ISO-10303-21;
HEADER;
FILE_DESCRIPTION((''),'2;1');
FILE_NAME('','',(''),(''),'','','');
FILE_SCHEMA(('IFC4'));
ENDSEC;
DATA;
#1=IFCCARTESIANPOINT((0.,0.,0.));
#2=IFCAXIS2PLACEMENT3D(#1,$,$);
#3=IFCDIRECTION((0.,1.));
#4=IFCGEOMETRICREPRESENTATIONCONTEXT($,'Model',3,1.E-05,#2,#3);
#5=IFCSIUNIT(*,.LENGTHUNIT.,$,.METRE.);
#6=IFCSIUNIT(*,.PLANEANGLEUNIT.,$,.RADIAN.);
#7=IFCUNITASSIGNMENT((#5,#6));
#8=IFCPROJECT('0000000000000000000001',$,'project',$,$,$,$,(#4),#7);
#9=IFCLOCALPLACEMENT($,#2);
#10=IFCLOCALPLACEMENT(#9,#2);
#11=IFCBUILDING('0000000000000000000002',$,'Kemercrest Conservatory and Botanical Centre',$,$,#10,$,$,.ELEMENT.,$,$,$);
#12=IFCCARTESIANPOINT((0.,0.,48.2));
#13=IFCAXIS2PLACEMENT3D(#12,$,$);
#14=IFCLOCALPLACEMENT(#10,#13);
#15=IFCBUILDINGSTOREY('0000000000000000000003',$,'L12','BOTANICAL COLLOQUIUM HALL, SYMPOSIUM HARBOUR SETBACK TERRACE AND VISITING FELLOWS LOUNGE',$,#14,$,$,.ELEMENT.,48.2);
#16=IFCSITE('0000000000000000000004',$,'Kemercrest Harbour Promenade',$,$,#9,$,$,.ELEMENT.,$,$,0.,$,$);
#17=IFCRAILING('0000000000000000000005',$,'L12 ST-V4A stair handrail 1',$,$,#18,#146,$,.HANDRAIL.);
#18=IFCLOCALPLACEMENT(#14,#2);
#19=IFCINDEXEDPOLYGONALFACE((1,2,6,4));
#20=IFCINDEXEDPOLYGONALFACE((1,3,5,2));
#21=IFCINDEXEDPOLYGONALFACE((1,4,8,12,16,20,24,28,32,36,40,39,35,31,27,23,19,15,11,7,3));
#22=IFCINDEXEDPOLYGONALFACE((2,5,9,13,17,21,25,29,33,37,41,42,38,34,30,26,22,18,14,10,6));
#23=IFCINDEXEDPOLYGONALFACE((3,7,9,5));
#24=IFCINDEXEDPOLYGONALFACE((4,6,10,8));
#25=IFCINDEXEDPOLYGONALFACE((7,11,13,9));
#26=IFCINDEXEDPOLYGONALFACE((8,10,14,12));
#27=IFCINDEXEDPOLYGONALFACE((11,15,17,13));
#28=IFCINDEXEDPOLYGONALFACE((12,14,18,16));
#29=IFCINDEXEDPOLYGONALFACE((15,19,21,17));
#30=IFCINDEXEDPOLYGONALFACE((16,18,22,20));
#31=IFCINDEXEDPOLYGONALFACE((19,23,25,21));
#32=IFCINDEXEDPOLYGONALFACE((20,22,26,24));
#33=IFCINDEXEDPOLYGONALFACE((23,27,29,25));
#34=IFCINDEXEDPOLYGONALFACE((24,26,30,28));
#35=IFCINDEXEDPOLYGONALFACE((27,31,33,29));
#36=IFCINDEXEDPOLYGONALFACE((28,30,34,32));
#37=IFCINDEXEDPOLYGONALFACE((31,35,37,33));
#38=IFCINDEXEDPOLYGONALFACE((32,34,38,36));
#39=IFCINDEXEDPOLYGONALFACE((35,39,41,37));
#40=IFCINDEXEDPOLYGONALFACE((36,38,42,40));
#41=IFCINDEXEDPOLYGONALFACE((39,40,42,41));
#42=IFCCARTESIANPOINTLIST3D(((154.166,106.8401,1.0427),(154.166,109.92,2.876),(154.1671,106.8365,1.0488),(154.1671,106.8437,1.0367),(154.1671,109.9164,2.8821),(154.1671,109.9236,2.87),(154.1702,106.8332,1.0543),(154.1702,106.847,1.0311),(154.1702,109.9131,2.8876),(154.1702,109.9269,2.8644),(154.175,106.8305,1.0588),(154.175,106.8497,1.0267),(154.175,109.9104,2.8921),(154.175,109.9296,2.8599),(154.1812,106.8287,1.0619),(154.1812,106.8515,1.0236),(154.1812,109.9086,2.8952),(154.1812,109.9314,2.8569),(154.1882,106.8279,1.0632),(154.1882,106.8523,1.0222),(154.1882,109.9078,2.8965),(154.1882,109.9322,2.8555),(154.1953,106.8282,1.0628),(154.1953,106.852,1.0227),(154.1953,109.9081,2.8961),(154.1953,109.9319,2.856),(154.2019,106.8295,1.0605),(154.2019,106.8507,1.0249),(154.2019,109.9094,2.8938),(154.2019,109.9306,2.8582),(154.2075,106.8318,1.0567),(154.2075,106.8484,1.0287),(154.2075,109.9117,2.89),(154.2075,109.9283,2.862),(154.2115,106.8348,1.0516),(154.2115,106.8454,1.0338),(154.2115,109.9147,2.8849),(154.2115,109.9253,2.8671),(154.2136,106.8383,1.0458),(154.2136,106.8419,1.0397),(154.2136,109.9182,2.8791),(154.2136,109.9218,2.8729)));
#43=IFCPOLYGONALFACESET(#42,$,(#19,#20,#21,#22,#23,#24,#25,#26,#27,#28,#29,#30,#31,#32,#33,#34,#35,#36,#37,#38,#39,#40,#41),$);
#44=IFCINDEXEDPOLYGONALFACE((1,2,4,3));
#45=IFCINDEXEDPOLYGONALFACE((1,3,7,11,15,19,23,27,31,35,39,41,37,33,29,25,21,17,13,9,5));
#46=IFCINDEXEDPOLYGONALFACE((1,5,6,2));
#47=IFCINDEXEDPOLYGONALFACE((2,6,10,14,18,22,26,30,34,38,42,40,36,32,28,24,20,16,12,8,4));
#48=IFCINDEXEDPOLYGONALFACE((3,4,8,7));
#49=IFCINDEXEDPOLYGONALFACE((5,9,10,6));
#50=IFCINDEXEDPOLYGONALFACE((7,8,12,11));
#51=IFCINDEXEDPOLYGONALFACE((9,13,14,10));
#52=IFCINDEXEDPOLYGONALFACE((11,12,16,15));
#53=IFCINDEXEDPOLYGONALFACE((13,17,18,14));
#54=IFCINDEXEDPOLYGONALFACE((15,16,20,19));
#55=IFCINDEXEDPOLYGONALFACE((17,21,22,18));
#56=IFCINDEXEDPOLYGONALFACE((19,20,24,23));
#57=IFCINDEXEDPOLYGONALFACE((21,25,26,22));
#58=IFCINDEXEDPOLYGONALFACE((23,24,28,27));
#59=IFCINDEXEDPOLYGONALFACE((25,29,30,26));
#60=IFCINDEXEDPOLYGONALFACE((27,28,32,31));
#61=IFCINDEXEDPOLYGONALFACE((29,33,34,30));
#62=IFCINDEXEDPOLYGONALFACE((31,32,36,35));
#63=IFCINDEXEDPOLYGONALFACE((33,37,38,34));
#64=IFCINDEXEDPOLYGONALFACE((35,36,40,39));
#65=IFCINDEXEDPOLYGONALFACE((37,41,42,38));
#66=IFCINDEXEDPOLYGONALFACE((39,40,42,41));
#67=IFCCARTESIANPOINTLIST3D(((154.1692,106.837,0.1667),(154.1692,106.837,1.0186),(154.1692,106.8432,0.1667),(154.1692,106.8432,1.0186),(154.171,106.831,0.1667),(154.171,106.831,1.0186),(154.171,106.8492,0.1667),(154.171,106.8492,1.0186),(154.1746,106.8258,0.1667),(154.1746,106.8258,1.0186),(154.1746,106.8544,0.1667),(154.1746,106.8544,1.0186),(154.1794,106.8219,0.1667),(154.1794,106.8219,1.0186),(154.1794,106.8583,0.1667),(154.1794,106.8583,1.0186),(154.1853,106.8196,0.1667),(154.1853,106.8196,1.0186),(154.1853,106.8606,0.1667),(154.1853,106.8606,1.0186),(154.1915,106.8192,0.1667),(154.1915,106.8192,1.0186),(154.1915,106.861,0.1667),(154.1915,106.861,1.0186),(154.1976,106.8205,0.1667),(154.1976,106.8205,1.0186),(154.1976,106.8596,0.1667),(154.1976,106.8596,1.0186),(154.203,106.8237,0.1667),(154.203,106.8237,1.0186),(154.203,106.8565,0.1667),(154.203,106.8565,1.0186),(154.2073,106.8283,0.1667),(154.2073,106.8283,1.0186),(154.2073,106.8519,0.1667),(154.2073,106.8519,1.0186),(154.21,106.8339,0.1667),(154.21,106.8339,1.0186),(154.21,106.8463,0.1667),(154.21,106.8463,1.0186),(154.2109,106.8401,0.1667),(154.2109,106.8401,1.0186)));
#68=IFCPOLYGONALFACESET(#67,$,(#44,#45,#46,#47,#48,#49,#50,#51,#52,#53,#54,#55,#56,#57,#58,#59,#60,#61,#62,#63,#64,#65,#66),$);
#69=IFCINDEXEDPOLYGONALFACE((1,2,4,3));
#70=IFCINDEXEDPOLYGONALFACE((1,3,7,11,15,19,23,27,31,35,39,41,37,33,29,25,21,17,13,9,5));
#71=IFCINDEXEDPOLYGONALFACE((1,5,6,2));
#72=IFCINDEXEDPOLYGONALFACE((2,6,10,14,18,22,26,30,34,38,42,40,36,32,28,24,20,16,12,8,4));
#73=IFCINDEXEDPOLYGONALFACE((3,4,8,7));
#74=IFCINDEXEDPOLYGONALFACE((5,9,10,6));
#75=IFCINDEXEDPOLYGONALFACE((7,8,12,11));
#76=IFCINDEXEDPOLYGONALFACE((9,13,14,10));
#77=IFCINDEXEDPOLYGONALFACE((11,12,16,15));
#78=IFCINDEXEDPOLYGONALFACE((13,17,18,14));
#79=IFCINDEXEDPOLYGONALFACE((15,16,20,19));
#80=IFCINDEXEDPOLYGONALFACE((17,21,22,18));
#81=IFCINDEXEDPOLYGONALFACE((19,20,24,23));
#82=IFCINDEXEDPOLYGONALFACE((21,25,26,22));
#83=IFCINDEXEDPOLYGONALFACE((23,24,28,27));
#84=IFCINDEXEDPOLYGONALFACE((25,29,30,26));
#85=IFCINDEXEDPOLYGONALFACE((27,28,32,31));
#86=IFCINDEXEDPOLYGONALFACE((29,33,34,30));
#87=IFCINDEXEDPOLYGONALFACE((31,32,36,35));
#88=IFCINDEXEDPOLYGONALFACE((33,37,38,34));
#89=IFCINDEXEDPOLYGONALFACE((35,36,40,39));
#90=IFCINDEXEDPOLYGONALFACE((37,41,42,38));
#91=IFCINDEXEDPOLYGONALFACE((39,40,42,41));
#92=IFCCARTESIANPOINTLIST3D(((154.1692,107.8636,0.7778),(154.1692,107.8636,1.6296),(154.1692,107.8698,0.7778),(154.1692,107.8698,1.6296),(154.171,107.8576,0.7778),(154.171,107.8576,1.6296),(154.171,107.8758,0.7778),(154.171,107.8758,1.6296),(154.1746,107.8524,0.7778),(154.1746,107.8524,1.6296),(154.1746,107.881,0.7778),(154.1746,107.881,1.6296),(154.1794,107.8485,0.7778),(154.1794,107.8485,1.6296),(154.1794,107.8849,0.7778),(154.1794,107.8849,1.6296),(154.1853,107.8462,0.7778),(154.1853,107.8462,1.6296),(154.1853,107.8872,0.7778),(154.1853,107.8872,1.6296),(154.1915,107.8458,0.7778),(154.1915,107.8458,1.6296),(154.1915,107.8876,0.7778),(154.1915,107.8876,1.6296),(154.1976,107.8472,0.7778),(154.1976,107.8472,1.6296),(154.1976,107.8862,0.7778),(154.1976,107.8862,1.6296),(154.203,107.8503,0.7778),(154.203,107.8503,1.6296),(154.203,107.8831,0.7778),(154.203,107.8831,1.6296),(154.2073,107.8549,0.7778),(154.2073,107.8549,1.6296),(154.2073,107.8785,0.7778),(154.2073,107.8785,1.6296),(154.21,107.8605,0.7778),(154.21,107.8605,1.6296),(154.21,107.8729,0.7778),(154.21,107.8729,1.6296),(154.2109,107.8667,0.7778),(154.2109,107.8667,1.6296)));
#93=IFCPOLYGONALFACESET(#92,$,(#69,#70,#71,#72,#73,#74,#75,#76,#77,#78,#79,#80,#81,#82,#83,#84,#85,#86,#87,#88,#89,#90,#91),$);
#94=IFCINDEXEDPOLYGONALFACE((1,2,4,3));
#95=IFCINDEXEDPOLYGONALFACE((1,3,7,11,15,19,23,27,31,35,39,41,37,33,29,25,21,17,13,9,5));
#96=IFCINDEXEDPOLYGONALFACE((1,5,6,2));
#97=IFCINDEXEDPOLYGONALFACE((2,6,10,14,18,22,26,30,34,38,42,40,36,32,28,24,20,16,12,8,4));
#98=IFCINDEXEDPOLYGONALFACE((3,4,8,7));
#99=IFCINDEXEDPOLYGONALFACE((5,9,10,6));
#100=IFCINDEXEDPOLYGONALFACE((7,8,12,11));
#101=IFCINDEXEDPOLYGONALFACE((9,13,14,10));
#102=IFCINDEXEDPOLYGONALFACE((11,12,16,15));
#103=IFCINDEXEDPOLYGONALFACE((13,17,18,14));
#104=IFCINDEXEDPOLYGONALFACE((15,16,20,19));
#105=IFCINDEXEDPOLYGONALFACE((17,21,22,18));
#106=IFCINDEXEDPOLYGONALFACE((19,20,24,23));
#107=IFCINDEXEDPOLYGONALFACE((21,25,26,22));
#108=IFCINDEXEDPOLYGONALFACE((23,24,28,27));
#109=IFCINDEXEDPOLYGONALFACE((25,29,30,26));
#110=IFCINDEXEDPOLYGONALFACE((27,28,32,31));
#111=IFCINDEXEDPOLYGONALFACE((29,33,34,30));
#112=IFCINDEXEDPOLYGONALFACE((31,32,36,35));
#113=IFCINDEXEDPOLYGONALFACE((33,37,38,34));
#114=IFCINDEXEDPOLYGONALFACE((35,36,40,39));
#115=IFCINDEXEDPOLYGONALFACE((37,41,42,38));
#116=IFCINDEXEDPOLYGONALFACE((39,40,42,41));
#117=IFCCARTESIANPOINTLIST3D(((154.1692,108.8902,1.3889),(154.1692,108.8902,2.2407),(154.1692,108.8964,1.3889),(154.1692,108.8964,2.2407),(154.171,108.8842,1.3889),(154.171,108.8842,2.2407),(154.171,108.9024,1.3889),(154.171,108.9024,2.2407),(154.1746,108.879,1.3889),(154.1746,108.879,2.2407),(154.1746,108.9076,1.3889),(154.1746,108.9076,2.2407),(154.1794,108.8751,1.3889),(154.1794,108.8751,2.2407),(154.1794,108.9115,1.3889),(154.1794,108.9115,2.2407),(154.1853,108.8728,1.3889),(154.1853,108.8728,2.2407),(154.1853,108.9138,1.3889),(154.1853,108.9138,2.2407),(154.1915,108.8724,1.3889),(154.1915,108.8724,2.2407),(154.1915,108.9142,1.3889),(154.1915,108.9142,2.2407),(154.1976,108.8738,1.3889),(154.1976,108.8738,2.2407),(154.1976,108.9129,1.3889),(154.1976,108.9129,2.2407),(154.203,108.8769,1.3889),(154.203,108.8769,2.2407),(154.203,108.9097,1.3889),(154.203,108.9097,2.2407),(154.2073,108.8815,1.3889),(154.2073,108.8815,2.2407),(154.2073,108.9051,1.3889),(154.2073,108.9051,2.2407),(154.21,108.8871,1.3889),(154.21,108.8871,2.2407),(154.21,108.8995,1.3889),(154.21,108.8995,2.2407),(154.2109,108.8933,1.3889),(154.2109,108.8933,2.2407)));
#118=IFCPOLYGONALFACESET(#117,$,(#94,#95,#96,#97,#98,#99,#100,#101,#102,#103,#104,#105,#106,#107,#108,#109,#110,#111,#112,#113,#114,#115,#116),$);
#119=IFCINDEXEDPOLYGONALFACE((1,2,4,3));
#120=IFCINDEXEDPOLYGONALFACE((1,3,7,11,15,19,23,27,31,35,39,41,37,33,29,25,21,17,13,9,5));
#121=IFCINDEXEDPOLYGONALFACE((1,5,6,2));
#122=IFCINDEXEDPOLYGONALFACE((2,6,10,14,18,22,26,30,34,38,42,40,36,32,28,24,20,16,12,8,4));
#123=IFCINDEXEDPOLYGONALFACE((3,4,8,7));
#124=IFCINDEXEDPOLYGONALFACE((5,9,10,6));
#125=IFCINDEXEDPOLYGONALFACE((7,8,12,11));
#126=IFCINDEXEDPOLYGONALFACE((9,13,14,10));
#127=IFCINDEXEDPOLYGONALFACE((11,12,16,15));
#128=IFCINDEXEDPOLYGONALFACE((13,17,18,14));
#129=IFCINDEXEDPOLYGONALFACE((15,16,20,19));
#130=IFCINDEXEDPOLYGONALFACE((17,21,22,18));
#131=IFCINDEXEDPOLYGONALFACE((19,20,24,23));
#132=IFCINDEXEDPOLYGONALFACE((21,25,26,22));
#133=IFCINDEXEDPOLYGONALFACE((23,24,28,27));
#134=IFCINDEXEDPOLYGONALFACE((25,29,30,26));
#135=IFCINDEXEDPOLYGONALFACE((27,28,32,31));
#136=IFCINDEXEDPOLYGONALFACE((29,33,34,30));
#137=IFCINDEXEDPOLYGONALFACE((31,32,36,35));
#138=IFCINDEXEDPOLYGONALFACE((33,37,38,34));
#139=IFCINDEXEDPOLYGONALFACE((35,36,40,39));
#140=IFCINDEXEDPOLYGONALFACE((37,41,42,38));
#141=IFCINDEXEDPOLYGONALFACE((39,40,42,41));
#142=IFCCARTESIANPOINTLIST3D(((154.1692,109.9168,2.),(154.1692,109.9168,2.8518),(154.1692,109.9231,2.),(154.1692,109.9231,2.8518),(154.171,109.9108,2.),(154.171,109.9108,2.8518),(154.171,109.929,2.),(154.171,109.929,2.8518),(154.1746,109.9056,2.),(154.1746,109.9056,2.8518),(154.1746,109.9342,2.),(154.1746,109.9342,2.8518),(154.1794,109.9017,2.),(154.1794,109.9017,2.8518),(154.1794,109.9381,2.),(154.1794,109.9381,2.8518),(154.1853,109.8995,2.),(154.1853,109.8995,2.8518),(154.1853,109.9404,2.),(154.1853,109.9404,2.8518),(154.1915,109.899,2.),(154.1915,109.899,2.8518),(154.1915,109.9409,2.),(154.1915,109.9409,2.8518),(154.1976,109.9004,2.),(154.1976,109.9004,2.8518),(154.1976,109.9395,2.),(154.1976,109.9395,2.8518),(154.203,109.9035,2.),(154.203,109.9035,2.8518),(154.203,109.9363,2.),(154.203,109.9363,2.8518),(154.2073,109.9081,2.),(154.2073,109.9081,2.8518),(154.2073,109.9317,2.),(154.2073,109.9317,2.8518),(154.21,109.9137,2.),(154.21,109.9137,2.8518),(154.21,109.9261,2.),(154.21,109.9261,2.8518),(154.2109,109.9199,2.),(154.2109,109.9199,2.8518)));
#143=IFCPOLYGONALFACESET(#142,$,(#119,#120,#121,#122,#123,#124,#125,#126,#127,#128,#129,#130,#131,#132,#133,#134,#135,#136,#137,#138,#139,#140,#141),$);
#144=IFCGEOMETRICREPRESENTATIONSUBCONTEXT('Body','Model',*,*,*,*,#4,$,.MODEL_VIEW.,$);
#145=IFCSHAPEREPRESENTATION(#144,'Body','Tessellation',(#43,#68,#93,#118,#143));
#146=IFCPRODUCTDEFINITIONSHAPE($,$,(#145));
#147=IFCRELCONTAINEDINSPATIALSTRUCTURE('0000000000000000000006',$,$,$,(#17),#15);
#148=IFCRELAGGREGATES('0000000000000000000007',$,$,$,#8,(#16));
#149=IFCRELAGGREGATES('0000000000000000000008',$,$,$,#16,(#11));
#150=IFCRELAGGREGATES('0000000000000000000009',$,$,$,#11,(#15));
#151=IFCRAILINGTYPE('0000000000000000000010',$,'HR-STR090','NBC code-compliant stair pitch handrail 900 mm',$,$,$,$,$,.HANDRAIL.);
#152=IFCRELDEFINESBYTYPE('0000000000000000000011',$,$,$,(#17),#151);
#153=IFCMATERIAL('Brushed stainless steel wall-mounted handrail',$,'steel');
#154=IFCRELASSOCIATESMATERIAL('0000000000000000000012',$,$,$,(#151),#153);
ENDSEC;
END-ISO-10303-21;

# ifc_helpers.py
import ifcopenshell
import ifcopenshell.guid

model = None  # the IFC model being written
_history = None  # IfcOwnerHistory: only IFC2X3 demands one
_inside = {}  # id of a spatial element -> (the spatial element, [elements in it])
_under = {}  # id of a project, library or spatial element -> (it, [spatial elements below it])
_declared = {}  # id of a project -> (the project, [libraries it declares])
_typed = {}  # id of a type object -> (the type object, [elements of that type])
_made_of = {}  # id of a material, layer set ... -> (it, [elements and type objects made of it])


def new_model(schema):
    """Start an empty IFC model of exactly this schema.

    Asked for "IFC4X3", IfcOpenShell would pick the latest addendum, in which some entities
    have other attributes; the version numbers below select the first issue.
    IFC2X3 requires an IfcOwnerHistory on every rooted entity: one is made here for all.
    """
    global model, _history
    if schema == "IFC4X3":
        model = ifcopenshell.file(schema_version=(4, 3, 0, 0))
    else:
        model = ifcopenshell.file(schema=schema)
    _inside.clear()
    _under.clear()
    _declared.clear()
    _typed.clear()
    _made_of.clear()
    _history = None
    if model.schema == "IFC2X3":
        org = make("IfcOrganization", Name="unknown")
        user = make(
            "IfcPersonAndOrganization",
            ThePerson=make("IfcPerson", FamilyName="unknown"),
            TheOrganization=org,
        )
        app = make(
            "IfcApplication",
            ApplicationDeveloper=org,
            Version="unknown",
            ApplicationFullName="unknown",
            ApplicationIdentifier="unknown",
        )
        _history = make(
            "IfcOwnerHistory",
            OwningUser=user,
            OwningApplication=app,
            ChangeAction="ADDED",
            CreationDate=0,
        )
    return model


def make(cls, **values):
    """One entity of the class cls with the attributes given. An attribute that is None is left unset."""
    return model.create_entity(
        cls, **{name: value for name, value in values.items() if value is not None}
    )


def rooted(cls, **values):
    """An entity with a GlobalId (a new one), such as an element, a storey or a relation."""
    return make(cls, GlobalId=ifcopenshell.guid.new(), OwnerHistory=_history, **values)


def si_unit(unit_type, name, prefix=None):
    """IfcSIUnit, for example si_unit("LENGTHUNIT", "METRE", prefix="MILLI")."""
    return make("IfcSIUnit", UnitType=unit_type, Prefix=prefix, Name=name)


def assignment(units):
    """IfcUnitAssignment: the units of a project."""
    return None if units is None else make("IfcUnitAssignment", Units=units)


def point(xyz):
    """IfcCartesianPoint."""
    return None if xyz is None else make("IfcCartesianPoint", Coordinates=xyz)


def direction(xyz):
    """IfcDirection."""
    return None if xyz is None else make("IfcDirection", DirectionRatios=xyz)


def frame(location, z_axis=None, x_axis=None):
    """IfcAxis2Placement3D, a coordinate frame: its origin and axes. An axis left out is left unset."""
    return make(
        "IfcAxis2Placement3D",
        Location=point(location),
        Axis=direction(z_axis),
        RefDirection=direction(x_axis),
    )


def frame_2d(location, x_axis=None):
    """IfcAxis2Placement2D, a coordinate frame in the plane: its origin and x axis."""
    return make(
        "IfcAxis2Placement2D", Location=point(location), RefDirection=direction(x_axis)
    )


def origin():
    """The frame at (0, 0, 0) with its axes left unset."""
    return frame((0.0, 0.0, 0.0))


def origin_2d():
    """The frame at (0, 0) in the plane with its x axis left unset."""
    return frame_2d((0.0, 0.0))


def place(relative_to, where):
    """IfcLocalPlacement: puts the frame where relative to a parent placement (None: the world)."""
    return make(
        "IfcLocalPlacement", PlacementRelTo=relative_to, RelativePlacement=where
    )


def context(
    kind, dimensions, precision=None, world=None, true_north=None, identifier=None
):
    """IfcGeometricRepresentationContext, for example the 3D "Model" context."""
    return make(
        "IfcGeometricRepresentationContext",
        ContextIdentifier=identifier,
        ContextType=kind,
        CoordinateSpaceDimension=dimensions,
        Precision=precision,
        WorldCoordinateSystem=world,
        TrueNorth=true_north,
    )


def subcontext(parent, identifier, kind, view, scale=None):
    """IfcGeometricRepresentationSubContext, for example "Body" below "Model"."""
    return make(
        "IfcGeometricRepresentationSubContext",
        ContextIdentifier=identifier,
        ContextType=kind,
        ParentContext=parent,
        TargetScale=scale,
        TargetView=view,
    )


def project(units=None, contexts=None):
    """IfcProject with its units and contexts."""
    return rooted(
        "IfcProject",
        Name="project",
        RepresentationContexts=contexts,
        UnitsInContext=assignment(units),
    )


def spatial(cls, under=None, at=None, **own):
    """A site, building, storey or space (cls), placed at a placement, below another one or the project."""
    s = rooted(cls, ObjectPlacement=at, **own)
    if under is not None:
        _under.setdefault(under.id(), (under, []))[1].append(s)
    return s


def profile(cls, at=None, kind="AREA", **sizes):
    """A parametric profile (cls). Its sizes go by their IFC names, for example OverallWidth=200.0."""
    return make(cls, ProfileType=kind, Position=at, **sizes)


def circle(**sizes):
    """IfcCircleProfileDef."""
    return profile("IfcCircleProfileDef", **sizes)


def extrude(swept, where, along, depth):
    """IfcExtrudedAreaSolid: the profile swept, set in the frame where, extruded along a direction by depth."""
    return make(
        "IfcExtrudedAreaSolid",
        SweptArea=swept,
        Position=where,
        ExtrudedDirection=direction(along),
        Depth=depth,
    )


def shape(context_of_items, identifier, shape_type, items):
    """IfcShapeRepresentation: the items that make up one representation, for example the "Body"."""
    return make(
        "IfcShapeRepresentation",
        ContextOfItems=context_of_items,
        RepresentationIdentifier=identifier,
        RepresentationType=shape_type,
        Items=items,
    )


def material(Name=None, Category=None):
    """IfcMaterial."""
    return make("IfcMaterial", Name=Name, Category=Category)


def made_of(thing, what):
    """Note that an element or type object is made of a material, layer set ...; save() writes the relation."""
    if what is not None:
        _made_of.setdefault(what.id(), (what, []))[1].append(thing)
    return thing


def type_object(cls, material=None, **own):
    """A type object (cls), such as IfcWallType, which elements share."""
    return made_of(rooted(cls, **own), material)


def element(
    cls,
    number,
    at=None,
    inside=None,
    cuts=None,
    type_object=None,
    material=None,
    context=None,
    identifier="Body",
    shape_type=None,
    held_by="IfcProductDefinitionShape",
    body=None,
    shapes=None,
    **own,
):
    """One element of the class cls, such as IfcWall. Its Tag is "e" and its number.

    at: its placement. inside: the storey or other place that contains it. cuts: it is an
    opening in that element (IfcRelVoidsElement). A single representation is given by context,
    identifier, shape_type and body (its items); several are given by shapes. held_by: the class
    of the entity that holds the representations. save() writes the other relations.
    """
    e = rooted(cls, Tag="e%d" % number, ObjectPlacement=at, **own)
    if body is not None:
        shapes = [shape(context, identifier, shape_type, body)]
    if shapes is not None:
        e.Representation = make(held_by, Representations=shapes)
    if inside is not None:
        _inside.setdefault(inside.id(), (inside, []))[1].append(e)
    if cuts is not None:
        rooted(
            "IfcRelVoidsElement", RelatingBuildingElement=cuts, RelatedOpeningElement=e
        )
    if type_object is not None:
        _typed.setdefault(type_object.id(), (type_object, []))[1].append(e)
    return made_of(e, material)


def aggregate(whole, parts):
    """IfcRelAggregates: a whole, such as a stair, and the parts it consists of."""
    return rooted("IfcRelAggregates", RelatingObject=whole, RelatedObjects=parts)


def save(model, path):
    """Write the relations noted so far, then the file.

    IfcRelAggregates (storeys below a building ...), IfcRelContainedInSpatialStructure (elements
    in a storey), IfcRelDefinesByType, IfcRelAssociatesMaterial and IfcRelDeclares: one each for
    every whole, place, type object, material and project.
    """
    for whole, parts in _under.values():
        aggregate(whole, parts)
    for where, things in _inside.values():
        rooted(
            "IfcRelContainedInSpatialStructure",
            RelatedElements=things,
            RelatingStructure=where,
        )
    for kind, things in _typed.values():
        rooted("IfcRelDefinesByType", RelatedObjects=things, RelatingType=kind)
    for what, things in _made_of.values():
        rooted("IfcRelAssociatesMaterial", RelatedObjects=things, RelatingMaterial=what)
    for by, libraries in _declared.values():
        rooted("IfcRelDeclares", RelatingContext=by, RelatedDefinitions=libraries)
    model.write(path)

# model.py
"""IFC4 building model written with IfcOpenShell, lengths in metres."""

from ifc_helpers import new_model, si_unit, direction, frame, origin, origin_2d, place, context, subcontext, project, spatial, circle, extrude, material, type_object, element, save


model = new_model("IFC4")

# Units and contexts
model_context = context("Model", 3, precision=1e-05, world=origin(), true_north=direction((0.0, 1.0)))
body_context = subcontext(model_context, "Body", "Model", "MODEL_VIEW")
ifc_project = project(units=[si_unit("LENGTHUNIT", "METRE"), si_unit("PLANEANGLEUNIT", "RADIAN")], contexts=[model_context])

# Site, building, storey
site_placement = place(None, origin())
site = spatial("IfcSite", under=ifc_project, at=site_placement, Name="Kemercrest Harbour Promenade", CompositionType="ELEMENT", RefElevation=0.0)
building_placement = place(site_placement, origin())
building = spatial("IfcBuilding", under=site, at=building_placement, Name="Kemercrest Conservatory and Botanical Centre", CompositionType="ELEMENT")
storey_placement = place(building_placement, frame((0.0, 0.0, 48.2)))
storey = spatial("IfcBuildingStorey", under=building, at=storey_placement, Name="L12", Description="BOTANICAL COLLOQUIUM HALL, SYMPOSIUM HARBOUR SETBACK TERRACE AND VISITING FELLOWS LOUNGE", CompositionType="ELEMENT", Elevation=48.2)

# Railing
ifc_material_1 = material(Name="Brushed stainless steel wall-mounted handrail", Category="steel")
railing_type_1 = type_object("IfcRailingType", Name="HR-STR090", Description="NBC code-compliant stair pitch handrail 900 mm", PredefinedType="HANDRAIL", material=ifc_material_1)
railing_1_placement = place(storey_placement, frame((154.1899, 106.8401, 0.1667)))
element("IfcRailing", 1, at=railing_1_placement, inside=storey, type_object=railing_type_1, Name="L12 ST-V4A stair handrail 1", PredefinedType="HANDRAIL", context=body_context, shape_type="SweptSolid", body=[
    extrude(circle(Radius=0.0239, at=origin_2d()), frame((0.0, 0.0, 0.876), z_axis=(0.0, 0.859291, 0.511487), x_axis=(-1.0, 0.0, 0.0)), (0.0, 0.0, 1.0), 3.5842),
    extrude(circle(Radius=0.021, at=origin_2d()), origin(), (0.0, 0.0, 1.0), 0.8518),
    extrude(circle(Radius=0.021, at=origin_2d()), frame((0.0, 1.0266, 0.6111)), (0.0, 0.0, 1.0), 0.8518),
    extrude(circle(Radius=0.021, at=origin_2d()), frame((0.0, 2.0532, 1.2222)), (0.0, 0.0, 1.0), 0.8518),
    extrude(circle(Radius=0.021, at=origin_2d()), frame((0.0, 3.0798, 1.8333)), (0.0, 0.0, 1.0), 0.8518),
])

save(model, "model.ifc")
